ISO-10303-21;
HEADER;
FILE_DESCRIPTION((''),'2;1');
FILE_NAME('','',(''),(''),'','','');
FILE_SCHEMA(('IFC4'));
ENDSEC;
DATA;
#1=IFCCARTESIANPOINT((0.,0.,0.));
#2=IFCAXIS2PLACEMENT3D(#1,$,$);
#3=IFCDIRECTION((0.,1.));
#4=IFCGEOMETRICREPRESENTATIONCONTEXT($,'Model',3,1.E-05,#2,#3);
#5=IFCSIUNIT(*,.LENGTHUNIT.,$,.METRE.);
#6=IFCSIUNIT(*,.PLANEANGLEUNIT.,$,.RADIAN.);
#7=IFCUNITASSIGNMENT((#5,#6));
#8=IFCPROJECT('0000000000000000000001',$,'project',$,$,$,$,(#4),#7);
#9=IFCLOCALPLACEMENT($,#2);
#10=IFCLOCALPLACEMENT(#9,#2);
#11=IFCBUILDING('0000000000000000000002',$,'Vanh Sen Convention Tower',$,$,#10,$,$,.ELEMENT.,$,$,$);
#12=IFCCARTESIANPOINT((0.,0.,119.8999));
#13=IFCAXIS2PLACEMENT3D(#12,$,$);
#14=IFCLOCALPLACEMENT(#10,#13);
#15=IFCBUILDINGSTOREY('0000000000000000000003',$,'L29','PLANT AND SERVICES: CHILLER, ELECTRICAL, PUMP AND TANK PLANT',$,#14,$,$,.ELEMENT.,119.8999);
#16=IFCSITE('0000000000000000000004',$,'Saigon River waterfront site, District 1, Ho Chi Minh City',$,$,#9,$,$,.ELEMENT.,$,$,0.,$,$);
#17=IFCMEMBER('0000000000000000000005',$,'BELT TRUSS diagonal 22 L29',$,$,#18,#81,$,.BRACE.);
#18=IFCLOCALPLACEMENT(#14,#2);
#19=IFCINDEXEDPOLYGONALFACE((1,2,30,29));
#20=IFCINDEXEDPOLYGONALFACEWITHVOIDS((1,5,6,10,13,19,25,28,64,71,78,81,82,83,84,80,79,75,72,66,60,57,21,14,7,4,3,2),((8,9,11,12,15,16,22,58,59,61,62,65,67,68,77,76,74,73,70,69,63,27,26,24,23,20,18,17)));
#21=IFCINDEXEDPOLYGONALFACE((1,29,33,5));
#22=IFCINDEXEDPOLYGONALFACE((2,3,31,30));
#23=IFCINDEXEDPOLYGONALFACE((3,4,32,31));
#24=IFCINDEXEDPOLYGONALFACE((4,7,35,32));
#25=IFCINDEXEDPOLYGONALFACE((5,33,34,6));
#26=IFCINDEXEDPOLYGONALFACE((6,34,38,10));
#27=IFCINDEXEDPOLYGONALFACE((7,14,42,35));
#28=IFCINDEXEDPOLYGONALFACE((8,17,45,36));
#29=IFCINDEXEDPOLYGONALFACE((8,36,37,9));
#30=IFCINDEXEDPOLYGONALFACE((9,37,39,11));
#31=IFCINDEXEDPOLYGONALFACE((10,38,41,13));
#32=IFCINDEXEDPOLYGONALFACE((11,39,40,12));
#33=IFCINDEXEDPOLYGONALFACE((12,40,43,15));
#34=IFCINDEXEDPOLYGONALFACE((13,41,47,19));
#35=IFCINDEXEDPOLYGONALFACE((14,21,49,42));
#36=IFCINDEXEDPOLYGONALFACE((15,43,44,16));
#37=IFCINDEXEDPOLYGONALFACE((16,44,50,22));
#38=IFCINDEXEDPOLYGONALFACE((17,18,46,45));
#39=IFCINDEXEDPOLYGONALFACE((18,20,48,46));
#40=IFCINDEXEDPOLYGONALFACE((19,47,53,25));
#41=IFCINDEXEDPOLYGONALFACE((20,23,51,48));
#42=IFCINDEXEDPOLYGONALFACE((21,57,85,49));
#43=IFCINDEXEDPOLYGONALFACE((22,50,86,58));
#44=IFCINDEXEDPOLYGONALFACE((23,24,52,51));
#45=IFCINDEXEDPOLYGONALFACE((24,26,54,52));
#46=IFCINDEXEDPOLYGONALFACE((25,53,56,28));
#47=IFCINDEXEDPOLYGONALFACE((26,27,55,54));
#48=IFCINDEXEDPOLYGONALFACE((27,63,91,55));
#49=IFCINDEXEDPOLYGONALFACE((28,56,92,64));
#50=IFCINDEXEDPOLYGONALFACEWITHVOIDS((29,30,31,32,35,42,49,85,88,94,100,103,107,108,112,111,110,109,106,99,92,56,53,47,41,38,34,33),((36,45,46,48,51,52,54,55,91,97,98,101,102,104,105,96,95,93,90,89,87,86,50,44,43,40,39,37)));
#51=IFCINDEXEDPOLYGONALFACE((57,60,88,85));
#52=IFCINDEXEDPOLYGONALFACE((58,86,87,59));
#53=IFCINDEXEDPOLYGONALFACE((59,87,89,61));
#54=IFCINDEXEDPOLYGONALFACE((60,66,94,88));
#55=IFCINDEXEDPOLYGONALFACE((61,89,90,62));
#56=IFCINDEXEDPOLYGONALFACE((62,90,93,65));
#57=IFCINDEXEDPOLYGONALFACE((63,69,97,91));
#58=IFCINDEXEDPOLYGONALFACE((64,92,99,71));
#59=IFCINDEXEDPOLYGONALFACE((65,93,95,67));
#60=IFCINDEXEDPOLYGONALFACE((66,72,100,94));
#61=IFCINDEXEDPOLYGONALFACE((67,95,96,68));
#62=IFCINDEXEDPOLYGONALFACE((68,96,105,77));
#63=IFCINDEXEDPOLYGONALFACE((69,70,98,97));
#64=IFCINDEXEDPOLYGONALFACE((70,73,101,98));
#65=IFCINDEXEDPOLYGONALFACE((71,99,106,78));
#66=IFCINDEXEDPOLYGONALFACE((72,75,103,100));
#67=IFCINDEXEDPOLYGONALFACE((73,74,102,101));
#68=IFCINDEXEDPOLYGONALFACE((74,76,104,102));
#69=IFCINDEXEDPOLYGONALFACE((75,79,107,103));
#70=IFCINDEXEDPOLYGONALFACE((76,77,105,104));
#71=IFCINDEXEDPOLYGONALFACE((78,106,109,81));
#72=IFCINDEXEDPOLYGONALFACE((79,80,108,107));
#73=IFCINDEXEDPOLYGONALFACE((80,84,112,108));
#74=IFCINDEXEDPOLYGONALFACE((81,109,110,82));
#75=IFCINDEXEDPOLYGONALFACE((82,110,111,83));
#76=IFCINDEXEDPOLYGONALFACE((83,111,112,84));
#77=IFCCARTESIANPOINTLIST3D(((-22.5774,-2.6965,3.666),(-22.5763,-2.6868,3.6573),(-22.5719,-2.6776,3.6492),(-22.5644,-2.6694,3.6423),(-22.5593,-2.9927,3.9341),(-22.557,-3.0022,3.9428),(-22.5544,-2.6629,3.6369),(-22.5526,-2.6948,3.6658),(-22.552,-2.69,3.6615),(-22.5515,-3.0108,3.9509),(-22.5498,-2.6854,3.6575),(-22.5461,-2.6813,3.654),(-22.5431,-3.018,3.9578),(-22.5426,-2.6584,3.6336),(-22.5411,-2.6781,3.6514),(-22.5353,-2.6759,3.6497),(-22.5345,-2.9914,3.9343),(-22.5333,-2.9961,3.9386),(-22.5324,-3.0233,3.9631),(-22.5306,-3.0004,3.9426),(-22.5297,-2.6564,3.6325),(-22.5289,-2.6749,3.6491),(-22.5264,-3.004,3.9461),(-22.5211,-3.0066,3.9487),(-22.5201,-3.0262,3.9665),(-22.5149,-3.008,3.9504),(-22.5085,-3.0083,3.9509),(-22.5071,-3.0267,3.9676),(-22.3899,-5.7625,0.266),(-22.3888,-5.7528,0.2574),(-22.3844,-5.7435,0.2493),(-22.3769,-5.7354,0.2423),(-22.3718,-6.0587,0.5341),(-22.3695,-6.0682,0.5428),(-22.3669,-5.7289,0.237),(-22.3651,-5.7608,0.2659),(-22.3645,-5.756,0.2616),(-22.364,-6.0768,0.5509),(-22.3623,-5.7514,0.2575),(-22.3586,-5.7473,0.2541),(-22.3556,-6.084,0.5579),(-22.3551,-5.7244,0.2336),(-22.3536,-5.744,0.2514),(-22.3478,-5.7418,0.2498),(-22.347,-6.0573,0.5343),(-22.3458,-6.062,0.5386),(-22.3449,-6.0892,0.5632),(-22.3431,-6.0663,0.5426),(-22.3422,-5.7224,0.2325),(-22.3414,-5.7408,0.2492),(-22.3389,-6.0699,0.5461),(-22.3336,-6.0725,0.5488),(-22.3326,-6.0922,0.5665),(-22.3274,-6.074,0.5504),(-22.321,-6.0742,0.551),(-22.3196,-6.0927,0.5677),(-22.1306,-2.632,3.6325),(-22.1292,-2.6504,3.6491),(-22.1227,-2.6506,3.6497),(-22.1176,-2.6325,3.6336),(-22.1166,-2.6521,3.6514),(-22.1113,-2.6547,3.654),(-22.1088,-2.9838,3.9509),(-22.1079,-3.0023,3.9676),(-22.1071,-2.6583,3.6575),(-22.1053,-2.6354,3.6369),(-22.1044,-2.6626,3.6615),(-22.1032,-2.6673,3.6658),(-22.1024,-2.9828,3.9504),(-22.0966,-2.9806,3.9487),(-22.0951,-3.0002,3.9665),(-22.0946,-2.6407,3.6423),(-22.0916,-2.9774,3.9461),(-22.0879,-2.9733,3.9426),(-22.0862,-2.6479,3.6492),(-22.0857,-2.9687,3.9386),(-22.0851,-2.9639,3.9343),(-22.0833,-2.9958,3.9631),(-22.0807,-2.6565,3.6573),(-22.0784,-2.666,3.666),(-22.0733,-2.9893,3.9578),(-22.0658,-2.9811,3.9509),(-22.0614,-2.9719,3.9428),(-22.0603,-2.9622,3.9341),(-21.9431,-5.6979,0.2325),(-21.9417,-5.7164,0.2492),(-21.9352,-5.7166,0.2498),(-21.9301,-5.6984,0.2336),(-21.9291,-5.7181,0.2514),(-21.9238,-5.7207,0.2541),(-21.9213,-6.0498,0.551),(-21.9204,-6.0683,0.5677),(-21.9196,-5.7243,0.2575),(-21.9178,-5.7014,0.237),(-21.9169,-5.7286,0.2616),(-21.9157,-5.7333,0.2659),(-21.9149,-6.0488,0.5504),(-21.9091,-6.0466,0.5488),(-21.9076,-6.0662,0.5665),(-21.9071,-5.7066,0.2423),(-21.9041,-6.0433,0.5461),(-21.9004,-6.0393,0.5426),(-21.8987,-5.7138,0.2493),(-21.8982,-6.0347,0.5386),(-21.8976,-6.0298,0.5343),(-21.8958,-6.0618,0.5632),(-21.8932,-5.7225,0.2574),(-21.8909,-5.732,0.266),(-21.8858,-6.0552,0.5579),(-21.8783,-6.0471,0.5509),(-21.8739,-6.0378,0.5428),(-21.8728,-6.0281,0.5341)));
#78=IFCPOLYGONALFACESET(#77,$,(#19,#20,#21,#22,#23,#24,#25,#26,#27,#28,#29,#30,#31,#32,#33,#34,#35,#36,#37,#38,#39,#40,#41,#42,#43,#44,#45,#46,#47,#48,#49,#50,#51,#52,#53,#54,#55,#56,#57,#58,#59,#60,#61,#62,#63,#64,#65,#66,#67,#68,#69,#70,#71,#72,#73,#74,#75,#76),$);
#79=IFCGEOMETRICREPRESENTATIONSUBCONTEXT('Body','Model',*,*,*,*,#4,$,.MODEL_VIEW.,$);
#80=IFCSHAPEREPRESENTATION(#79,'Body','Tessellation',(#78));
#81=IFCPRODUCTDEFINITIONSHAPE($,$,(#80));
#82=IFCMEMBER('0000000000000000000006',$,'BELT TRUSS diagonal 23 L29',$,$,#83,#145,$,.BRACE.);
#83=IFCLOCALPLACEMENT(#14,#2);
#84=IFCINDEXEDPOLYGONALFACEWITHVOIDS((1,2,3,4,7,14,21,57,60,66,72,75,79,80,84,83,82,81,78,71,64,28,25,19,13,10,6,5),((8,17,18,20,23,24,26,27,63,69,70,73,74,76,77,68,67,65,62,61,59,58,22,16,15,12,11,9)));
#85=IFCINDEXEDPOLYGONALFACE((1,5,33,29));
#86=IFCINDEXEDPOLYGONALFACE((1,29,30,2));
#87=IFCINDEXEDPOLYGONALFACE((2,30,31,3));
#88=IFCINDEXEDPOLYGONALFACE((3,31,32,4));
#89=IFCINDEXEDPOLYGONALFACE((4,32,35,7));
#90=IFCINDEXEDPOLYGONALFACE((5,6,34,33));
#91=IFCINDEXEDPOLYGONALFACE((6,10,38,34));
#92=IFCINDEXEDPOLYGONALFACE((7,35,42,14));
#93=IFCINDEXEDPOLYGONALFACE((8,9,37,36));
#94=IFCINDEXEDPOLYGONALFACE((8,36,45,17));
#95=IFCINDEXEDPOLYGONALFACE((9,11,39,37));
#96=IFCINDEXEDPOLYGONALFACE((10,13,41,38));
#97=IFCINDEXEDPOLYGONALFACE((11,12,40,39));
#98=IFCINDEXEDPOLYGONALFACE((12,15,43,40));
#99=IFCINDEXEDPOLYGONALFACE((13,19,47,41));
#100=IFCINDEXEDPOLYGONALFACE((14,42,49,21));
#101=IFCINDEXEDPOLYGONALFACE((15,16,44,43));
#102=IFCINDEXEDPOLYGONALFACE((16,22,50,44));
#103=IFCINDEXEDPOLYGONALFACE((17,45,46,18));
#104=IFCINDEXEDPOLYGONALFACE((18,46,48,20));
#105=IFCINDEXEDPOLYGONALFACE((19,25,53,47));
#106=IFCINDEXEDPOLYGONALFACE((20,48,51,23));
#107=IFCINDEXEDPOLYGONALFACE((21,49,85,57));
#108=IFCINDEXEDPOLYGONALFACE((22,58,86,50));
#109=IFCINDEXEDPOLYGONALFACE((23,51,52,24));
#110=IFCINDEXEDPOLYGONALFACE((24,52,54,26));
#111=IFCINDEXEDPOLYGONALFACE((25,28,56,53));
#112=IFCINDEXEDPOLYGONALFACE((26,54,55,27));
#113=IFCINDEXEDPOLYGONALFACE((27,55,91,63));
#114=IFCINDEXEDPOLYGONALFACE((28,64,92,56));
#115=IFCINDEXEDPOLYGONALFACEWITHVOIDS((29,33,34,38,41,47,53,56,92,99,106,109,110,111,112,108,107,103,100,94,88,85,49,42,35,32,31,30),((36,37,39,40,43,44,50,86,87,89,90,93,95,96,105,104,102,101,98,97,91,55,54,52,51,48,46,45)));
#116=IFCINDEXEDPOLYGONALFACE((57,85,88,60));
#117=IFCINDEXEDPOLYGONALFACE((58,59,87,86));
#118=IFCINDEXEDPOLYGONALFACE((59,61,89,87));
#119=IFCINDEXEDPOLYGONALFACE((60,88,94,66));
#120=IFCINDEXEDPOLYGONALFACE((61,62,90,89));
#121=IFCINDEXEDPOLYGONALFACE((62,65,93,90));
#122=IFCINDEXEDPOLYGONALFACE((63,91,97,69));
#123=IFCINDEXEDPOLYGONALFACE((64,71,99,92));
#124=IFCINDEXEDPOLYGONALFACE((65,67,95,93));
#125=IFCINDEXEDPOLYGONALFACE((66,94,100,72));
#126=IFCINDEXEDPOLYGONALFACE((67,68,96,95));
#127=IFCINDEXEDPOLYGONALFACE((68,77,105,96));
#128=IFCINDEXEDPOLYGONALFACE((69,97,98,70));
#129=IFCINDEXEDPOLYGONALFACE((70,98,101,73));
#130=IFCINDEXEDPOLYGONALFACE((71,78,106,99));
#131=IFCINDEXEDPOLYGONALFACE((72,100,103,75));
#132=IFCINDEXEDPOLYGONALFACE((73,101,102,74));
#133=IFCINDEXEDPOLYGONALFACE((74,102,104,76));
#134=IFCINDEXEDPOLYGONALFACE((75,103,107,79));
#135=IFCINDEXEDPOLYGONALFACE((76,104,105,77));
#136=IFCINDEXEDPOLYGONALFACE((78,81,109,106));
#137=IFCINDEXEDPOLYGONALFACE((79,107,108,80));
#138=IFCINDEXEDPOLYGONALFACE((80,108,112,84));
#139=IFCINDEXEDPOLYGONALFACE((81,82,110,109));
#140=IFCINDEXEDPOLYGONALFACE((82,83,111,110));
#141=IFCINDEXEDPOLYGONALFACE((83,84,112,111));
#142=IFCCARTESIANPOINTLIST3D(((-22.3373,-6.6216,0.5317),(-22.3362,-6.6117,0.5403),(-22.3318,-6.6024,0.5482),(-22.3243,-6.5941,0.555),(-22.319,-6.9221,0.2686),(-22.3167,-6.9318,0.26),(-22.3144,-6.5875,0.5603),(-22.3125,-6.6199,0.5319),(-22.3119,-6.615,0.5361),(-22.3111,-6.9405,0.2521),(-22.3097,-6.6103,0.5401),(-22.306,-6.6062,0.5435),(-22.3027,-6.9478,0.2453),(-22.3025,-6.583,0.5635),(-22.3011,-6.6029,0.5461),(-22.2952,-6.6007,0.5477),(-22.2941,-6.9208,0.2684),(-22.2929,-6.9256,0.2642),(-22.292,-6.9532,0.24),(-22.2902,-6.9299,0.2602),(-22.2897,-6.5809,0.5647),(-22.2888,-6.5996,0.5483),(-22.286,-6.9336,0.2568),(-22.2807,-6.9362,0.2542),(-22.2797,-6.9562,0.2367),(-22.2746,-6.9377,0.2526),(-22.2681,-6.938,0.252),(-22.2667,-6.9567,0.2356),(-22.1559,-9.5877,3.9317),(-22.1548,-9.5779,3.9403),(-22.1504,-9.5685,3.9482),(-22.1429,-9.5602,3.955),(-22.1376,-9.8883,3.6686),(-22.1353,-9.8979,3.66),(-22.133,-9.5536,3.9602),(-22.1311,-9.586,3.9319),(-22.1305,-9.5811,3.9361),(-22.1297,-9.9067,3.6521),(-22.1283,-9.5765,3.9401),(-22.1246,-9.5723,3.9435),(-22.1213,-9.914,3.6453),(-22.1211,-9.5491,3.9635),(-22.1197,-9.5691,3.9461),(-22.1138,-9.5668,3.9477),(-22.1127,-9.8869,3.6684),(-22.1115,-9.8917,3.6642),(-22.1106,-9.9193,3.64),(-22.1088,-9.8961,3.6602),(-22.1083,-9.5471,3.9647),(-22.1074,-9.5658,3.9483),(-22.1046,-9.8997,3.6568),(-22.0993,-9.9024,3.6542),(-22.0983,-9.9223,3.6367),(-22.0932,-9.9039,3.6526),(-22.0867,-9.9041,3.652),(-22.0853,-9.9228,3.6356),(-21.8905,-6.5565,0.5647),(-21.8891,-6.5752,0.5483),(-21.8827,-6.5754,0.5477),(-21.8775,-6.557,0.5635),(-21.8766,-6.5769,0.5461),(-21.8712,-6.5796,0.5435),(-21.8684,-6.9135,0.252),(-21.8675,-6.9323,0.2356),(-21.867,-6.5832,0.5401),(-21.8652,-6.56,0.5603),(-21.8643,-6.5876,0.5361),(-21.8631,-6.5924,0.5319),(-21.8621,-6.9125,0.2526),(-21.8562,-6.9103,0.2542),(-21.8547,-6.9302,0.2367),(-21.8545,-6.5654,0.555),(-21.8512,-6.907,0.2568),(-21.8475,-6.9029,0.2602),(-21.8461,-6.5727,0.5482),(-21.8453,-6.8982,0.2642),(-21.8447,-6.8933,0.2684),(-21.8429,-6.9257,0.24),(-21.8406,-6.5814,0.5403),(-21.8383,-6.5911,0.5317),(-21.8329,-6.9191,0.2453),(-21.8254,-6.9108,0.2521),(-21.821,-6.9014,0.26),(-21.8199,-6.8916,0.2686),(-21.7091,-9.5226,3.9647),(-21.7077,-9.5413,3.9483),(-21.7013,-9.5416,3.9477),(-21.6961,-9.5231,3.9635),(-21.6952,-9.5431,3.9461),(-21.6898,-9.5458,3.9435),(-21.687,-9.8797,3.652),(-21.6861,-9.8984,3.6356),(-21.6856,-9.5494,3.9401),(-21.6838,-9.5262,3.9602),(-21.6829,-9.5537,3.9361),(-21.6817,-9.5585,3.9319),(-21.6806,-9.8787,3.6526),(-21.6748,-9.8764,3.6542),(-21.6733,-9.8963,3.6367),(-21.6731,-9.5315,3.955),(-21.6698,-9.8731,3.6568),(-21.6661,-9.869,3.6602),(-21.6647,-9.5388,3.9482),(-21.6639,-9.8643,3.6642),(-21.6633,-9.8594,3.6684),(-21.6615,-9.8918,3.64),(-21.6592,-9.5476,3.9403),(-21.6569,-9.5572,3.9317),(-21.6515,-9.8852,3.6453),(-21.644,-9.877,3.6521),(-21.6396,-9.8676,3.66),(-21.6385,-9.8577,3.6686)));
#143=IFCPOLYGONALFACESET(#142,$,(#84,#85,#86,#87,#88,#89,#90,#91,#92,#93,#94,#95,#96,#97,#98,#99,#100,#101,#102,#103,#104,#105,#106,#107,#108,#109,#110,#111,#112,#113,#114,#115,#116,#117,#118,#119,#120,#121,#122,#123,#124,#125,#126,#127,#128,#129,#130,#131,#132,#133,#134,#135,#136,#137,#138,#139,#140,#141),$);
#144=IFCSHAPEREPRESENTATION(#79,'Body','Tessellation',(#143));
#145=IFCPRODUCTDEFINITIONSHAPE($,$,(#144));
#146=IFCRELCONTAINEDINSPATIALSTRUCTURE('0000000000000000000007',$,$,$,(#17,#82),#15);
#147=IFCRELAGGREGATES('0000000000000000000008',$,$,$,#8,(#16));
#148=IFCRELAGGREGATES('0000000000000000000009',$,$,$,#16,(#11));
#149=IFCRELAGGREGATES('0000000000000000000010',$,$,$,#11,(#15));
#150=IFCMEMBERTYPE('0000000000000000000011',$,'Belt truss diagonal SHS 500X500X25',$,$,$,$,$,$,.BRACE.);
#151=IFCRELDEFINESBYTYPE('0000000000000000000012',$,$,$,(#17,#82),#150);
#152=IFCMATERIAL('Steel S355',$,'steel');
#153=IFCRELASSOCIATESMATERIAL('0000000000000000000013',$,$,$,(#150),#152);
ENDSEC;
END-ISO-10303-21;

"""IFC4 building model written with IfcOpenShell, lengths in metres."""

from ifc_helpers import new_model, si_unit, direction, frame, origin, origin_2d, place, context, subcontext, project, spatial, hollow_rectangle, extrude, material, material_profile, profile_set, type_object, element, save


model = new_model("IFC4")

# Units and contexts
model_context = context("Model", 3, precision=1e-05, world=origin(), true_north=direction((0.0, 1.0)))
body_context = subcontext(model_context, "Body", "Model", "MODEL_VIEW")
ifc_project = project(units=[si_unit("LENGTHUNIT", "METRE"), si_unit("PLANEANGLEUNIT", "RADIAN")], contexts=[model_context])

# Site, building, storey
site_placement = place(None, origin())
site = spatial("IfcSite", under=ifc_project, at=site_placement, Name="Saigon River waterfront site, District 1, Ho Chi Minh City", CompositionType="ELEMENT", RefElevation=0.0)
building_placement = place(site_placement, origin())
building = spatial("IfcBuilding", under=site, at=building_placement, Name="Vanh Sen Convention Tower", CompositionType="ELEMENT")
storey_placement = place(building_placement, frame((0.0, 0.0, 119.8999)))
storey = spatial("IfcBuildingStorey", under=building, at=storey_placement, Name="L29", Description="PLANT AND SERVICES: CHILLER, ELECTRICAL, PUMP AND TANK PLANT", CompositionType="ELEMENT", Elevation=119.8999)

# Members
ifc_material_1 = material(Name="Steel S355", Category="steel")
ifc_material_profile_1 = material_profile(ifc_material_1, hollow_rectangle(XDim=0.5, YDim=0.5, WallThickness=0.0249, InnerFilletRadius=0.0249, OuterFilletRadius=0.05, at=origin_2d()), Name="SHS 500X500X25")
ifc_profile_set_1 = profile_set([ifc_material_profile_1], Name="Steel S355")
member_type_1 = type_object("IfcMemberType", Name="Belt truss diagonal SHS 500X500X25", PredefinedType="BRACE", material=ifc_profile_set_1)
member_1_placement = place(storey_placement, frame((-22.3188, -2.8293, 3.8), z_axis=(0.040921, -0.669128, -0.742019), x_axis=(0.998135, 0.061042, 0.0)))
element("IfcMember", 1, at=member_1_placement, inside=storey, type_object=member_type_1, Name="BELT TRUSS diagonal 22 L29", PredefinedType="BRACE", context=body_context, shape_type="SweptSolid", body=[
    extrude(hollow_rectangle(XDim=0.5, YDim=0.5, WallThickness=0.0249, InnerFilletRadius=0.0249, OuterFilletRadius=0.05, at=origin_2d()), origin(), (0.0, 0.0, 1.0), 4.582),
])
member_2_placement = place(storey_placement, frame((-22.0786, -6.7566, 0.4001), z_axis=(0.040172, -0.656862, 0.75294), x_axis=(0.998135, 0.061043, 0.0)))
element("IfcMember", 2, at=member_2_placement, inside=storey, type_object=member_type_1, Name="BELT TRUSS diagonal 23 L29", PredefinedType="BRACE", context=body_context, shape_type="SweptSolid", body=[
    extrude(hollow_rectangle(XDim=0.5, YDim=0.5, WallThickness=0.0249, InnerFilletRadius=0.0249, OuterFilletRadius=0.05, at=origin_2d()), origin(), (0.0, 0.0, 1.0), 4.5156),
])

save(model, "model.ifc")
